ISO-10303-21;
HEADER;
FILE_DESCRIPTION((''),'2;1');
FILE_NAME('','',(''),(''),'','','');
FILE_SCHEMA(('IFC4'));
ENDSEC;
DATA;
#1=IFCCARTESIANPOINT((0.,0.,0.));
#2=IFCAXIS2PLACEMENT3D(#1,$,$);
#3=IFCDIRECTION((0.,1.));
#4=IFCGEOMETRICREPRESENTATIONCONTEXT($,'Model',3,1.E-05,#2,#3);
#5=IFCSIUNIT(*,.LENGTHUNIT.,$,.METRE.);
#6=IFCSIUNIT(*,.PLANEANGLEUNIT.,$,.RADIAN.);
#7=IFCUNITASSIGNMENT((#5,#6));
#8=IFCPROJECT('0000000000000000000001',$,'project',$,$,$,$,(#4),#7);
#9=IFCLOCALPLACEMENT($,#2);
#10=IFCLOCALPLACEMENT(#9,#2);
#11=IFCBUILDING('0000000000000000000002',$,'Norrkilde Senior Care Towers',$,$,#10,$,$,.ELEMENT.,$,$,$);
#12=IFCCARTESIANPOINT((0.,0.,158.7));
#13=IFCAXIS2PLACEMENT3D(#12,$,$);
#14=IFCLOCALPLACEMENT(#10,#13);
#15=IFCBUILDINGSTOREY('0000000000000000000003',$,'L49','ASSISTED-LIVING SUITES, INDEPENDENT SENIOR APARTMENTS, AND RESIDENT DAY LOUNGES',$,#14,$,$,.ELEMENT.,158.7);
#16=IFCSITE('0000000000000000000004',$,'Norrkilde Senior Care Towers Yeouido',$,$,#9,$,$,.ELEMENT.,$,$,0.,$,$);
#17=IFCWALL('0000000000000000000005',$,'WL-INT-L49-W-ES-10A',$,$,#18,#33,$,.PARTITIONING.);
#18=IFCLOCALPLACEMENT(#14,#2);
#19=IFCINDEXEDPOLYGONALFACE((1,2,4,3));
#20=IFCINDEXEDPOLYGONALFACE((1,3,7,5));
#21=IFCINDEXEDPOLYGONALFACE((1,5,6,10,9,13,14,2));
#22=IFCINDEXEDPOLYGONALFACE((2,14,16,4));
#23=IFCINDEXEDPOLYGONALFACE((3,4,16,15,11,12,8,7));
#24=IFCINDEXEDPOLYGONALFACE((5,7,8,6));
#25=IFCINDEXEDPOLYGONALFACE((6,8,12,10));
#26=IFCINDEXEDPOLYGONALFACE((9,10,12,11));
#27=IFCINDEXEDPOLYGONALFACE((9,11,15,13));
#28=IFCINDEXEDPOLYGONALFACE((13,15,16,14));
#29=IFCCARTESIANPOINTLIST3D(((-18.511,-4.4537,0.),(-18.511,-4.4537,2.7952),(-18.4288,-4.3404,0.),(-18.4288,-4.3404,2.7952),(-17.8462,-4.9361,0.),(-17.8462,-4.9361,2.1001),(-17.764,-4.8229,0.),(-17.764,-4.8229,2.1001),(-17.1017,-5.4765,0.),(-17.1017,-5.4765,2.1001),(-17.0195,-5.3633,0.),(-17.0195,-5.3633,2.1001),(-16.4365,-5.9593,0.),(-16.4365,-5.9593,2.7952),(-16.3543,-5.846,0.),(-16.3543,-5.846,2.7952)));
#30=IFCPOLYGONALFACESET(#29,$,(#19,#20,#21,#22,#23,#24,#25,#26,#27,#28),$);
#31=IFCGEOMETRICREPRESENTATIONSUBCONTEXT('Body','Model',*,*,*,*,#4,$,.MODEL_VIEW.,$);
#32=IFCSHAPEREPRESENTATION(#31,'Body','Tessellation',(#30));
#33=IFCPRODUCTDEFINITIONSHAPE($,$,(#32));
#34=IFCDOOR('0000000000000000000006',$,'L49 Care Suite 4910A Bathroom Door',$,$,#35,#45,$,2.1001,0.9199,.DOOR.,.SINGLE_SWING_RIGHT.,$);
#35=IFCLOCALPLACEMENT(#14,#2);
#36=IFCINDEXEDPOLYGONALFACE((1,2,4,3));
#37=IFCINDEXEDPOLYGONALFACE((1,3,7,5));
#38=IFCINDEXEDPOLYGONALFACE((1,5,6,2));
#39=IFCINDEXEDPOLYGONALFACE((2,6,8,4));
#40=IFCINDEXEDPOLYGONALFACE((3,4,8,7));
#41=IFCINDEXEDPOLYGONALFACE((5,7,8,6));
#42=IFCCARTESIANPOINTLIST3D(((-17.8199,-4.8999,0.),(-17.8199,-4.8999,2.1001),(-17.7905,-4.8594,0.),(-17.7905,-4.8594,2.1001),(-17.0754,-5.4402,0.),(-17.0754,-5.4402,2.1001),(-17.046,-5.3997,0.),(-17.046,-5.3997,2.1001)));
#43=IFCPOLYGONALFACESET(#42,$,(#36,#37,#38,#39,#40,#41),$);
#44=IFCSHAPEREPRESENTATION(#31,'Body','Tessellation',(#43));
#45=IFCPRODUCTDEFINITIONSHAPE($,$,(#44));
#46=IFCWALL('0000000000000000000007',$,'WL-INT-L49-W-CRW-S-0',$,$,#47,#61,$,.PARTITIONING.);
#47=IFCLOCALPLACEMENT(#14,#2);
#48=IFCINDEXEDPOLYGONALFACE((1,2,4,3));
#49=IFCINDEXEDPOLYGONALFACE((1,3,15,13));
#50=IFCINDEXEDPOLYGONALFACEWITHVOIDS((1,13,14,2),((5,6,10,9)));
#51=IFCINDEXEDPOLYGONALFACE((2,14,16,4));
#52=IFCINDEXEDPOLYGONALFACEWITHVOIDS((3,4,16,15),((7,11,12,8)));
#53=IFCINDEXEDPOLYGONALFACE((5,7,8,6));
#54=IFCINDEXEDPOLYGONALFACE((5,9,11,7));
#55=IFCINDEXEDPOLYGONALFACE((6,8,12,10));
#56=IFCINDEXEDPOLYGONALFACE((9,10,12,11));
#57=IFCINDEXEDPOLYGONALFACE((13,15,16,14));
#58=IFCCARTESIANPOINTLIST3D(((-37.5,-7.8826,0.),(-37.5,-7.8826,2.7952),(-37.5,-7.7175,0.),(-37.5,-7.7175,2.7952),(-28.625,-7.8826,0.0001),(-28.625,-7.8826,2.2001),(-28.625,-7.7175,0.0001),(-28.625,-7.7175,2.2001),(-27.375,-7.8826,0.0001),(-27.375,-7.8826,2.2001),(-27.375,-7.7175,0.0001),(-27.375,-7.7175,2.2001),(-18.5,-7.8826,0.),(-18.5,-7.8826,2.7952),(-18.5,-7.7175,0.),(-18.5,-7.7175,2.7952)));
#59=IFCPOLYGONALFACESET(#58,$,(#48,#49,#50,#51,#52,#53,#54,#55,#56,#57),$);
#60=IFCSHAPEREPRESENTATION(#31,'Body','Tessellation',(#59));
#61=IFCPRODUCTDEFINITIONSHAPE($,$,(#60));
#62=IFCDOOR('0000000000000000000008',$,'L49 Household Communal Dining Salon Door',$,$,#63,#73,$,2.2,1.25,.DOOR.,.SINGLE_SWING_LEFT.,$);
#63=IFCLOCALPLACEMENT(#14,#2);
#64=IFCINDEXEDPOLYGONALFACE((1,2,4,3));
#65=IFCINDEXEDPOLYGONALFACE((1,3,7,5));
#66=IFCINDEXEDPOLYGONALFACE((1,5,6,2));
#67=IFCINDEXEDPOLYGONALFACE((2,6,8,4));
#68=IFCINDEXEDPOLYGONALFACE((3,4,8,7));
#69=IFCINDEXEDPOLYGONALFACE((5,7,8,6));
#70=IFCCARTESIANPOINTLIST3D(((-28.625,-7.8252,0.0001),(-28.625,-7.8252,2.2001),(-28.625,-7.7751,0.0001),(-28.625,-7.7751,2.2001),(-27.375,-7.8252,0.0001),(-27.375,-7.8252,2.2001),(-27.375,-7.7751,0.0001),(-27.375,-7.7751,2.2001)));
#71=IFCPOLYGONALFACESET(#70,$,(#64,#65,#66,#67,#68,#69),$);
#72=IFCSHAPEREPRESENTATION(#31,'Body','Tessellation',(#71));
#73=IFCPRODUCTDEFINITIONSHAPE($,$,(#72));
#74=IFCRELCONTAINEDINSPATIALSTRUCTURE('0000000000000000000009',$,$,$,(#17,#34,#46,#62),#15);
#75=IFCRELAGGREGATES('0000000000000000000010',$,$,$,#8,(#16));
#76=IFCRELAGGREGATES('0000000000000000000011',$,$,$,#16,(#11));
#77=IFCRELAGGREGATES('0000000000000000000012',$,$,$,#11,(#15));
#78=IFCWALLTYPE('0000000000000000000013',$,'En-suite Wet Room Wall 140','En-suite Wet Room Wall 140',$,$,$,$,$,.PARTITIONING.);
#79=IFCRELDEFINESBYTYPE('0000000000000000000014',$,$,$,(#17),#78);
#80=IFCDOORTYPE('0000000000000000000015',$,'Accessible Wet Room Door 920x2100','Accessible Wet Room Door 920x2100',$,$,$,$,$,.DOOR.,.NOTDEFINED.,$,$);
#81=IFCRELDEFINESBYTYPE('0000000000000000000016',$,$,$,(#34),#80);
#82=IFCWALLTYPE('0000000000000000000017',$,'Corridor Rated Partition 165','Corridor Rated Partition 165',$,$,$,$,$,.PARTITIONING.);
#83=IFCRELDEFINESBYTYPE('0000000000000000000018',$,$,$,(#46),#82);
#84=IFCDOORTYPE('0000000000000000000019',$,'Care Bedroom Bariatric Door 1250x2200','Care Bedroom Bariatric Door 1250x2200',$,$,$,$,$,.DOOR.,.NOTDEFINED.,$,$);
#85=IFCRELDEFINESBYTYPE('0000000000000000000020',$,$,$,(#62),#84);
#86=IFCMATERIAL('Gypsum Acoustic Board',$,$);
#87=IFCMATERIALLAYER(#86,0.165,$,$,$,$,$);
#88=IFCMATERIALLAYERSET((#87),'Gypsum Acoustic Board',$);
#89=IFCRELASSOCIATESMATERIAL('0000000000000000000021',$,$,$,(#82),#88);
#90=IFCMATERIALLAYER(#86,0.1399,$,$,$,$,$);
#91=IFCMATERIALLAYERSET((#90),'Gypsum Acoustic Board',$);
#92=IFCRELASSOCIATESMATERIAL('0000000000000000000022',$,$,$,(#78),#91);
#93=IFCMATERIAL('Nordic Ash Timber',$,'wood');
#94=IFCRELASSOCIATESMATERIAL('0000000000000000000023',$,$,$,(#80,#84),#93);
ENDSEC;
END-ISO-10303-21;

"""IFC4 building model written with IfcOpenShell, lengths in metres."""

from ifc_helpers import new_model, si_unit, direction, frame, frame_2d, origin, place, context, subcontext, project, spatial, rectangle, extrude, source, transform, mapped, material, layer, layer_set, type_object, type_shapes, element, fill, save


model = new_model("IFC4")

# Units and contexts
model_context = context("Model", 3, precision=1e-05, world=origin(), true_north=direction((0.0, 1.0)))
body_context = subcontext(model_context, "Body", "Model", "MODEL_VIEW")
ifc_project = project(units=[si_unit("LENGTHUNIT", "METRE"), si_unit("PLANEANGLEUNIT", "RADIAN")], contexts=[model_context])

# Site, building, storey
site_placement = place(None, origin())
site = spatial("IfcSite", under=ifc_project, at=site_placement, Name="Norrkilde Senior Care Towers Yeouido", CompositionType="ELEMENT", RefElevation=0.0)
building_placement = place(site_placement, origin())
building = spatial("IfcBuilding", under=site, at=building_placement, Name="Norrkilde Senior Care Towers", CompositionType="ELEMENT")
storey_placement = place(building_placement, frame((0.0, 0.0, 158.7)))
storey = spatial("IfcBuildingStorey", under=building, at=storey_placement, Name="L49", Description="ASSISTED-LIVING SUITES, INDEPENDENT SENIOR APARTMENTS, AND RESIDENT DAY LOUNGES", CompositionType="ELEMENT", Elevation=158.7)

# Walls, openings, doors
ifc_material_1 = material(Name="Gypsum Acoustic Board")
ifc_layer_1 = layer(ifc_material_1, 0.165)
ifc_layer_set_1 = layer_set([ifc_layer_1], Name="Gypsum Acoustic Board")
wall_type_1 = type_object("IfcWallType", Name="Corridor Rated Partition 165", Description="Corridor Rated Partition 165", PredefinedType="PARTITIONING", material=ifc_layer_set_1)
ifc_layer_2 = layer(ifc_material_1, 0.1399)
ifc_layer_set_2 = layer_set([ifc_layer_2], Name="Gypsum Acoustic Board")
wall_type_2 = type_object("IfcWallType", Name="En-suite Wet Room Wall 140", Description="En-suite Wet Room Wall 140", PredefinedType="PARTITIONING", material=ifc_layer_set_2)
shared_shape_1 = source(origin(), body_context, "Body", "SweptSolid", [
    extrude(rectangle(XDim=2.5632, YDim=0.1399, at=frame_2d((1.2817, 0.0))), origin(), (0.0, 0.0, 1.0), 2.7952),
])
type_shapes(wall_type_2, [shared_shape_1])
wall_1_placement = place(storey_placement, frame((-18.47, -4.397, 0.0), z_axis=(0.0, 0.0, 1.0), x_axis=(0.809308, -0.587384, 0.0)))
wall_1 = element("IfcWall", 1, at=wall_1_placement, inside=storey, type_object=wall_type_2, Name="WL-INT-L49-W-ES-10A", PredefinedType="PARTITIONING", context=body_context, shape_type="MappedRepresentation", body=[
    mapped(shared_shape_1, transform((0.0, 0.0, 0.0), x_axis=(1.0, 0.0, 0.0), y_axis=(0.0, 1.0, 0.0), z_axis=(0.0, 0.0, 1.0), scale=1.0)),
])
opening_1_placement = place(wall_1_placement, frame((0.8215, 0.0, 0.0)))
opening_1 = element("IfcOpeningElement", 2, at=opening_1_placement, cuts=wall_1, PredefinedType="OPENING", context=body_context, shape_type="SweptSolid", body=[
    extrude(rectangle(XDim=0.9199, YDim=2.1001, at=frame_2d((0.46, 1.05))), frame((0.0, 0.0798, 0.0), z_axis=(0.0, -1.0, 0.0), x_axis=(1.0, 0.0, 0.0)), (0.0, 0.0, 1.0), 0.1599),
])
ifc_material_2 = material(Name="Nordic Ash Timber", Category="wood")
door_type_1 = type_object("IfcDoorType", Name="Accessible Wet Room Door 920x2100", Description="Accessible Wet Room Door 920x2100", OperationType="NOTDEFINED", PredefinedType="DOOR", material=ifc_material_2)
shared_shape_2 = source(origin(), body_context, "Body", "SweptSolid", [
    extrude(rectangle(XDim=0.9199, YDim=2.1001, at=frame_2d((0.46, 1.05))), frame((0.0, 0.0249, 0.0), z_axis=(0.0, -1.0, 0.0), x_axis=(1.0, 0.0, 0.0)), (0.0, 0.0, 1.0), 0.05),
])
type_shapes(door_type_1, [shared_shape_2])
door_1_placement = place(opening_1_placement, origin())
door_1 = element("IfcDoor", 3, at=door_1_placement, inside=storey, type_object=door_type_1, Name="L49 Care Suite 4910A Bathroom Door", OperationType="SINGLE_SWING_RIGHT", OverallHeight=2.1001, OverallWidth=0.9199, PredefinedType="DOOR", context=body_context, shape_type="MappedRepresentation", body=[
    mapped(shared_shape_2, transform((0.0, 0.0, 0.0), x_axis=(1.0, 0.0, 0.0), y_axis=(0.0, 1.0, 0.0), z_axis=(0.0, 0.0, 1.0), scale=1.0)),
])
fill(opening_1, door_1)
shared_shape_3 = source(origin(), body_context, "Body", "SweptSolid", [
    extrude(rectangle(XDim=19.0, YDim=0.165, at=frame_2d((9.5, 0.0))), origin(), (0.0, 0.0, 1.0), 2.7952),
])
wall_2_placement = place(storey_placement, frame((-18.5, -7.8, 0.0), z_axis=(0.0, 0.0, 1.0), x_axis=(-1.0, 0.0, 0.0)))
wall_2 = element("IfcWall", 4, at=wall_2_placement, inside=storey, type_object=wall_type_1, Name="WL-INT-L49-W-CRW-S-0", PredefinedType="PARTITIONING", context=body_context, shape_type="MappedRepresentation", body=[
    mapped(shared_shape_3, transform((0.0, 0.0, 0.0), x_axis=(1.0, 0.0, 0.0), y_axis=(0.0, 1.0, 0.0), z_axis=(0.0, 0.0, 1.0), scale=1.0)),
])
opening_2_placement = place(wall_2_placement, frame((8.875, 0.0, 0.0)))
opening_2 = element("IfcOpeningElement", 5, at=opening_2_placement, cuts=wall_2, PredefinedType="OPENING", context=body_context, shape_type="SweptSolid", body=[
    extrude(rectangle(XDim=1.25, YDim=2.2, at=frame_2d((0.625, 1.1001))), frame((0.0, 0.0925, 0.0), z_axis=(0.0, -1.0, 0.0), x_axis=(1.0, 0.0, 0.0)), (0.0, 0.0, 1.0), 0.1851),
])
door_type_2 = type_object("IfcDoorType", Name="Care Bedroom Bariatric Door 1250x2200", Description="Care Bedroom Bariatric Door 1250x2200", OperationType="NOTDEFINED", PredefinedType="DOOR", material=ifc_material_2)
shared_shape_4 = source(origin(), body_context, "Body", "SweptSolid", [
    extrude(rectangle(XDim=1.25, YDim=2.2, at=frame_2d((0.625, 1.1001))), frame((0.0, 0.0249, 0.0), z_axis=(0.0, -1.0, 0.0), x_axis=(1.0, 0.0, 0.0)), (0.0, 0.0, 1.0), 0.05),
])
type_shapes(door_type_2, [shared_shape_4])
door_2_placement = place(opening_2_placement, frame((1.25, 0.0, 0.0), z_axis=(0.0, 0.0, 1.0), x_axis=(-1.0, 0.0, 0.0)))
door_2 = element("IfcDoor", 6, at=door_2_placement, inside=storey, type_object=door_type_2, Name="L49 Household Communal Dining Salon Door", OperationType="SINGLE_SWING_LEFT", OverallHeight=2.2, OverallWidth=1.25, PredefinedType="DOOR", context=body_context, shape_type="MappedRepresentation", body=[
    mapped(shared_shape_4, transform((0.0, 0.0, 0.0), x_axis=(1.0, 0.0, 0.0), y_axis=(0.0, 1.0, 0.0), z_axis=(0.0, 0.0, 1.0), scale=1.0)),
])
fill(opening_2, door_2)

save(model, "model.ifc")
